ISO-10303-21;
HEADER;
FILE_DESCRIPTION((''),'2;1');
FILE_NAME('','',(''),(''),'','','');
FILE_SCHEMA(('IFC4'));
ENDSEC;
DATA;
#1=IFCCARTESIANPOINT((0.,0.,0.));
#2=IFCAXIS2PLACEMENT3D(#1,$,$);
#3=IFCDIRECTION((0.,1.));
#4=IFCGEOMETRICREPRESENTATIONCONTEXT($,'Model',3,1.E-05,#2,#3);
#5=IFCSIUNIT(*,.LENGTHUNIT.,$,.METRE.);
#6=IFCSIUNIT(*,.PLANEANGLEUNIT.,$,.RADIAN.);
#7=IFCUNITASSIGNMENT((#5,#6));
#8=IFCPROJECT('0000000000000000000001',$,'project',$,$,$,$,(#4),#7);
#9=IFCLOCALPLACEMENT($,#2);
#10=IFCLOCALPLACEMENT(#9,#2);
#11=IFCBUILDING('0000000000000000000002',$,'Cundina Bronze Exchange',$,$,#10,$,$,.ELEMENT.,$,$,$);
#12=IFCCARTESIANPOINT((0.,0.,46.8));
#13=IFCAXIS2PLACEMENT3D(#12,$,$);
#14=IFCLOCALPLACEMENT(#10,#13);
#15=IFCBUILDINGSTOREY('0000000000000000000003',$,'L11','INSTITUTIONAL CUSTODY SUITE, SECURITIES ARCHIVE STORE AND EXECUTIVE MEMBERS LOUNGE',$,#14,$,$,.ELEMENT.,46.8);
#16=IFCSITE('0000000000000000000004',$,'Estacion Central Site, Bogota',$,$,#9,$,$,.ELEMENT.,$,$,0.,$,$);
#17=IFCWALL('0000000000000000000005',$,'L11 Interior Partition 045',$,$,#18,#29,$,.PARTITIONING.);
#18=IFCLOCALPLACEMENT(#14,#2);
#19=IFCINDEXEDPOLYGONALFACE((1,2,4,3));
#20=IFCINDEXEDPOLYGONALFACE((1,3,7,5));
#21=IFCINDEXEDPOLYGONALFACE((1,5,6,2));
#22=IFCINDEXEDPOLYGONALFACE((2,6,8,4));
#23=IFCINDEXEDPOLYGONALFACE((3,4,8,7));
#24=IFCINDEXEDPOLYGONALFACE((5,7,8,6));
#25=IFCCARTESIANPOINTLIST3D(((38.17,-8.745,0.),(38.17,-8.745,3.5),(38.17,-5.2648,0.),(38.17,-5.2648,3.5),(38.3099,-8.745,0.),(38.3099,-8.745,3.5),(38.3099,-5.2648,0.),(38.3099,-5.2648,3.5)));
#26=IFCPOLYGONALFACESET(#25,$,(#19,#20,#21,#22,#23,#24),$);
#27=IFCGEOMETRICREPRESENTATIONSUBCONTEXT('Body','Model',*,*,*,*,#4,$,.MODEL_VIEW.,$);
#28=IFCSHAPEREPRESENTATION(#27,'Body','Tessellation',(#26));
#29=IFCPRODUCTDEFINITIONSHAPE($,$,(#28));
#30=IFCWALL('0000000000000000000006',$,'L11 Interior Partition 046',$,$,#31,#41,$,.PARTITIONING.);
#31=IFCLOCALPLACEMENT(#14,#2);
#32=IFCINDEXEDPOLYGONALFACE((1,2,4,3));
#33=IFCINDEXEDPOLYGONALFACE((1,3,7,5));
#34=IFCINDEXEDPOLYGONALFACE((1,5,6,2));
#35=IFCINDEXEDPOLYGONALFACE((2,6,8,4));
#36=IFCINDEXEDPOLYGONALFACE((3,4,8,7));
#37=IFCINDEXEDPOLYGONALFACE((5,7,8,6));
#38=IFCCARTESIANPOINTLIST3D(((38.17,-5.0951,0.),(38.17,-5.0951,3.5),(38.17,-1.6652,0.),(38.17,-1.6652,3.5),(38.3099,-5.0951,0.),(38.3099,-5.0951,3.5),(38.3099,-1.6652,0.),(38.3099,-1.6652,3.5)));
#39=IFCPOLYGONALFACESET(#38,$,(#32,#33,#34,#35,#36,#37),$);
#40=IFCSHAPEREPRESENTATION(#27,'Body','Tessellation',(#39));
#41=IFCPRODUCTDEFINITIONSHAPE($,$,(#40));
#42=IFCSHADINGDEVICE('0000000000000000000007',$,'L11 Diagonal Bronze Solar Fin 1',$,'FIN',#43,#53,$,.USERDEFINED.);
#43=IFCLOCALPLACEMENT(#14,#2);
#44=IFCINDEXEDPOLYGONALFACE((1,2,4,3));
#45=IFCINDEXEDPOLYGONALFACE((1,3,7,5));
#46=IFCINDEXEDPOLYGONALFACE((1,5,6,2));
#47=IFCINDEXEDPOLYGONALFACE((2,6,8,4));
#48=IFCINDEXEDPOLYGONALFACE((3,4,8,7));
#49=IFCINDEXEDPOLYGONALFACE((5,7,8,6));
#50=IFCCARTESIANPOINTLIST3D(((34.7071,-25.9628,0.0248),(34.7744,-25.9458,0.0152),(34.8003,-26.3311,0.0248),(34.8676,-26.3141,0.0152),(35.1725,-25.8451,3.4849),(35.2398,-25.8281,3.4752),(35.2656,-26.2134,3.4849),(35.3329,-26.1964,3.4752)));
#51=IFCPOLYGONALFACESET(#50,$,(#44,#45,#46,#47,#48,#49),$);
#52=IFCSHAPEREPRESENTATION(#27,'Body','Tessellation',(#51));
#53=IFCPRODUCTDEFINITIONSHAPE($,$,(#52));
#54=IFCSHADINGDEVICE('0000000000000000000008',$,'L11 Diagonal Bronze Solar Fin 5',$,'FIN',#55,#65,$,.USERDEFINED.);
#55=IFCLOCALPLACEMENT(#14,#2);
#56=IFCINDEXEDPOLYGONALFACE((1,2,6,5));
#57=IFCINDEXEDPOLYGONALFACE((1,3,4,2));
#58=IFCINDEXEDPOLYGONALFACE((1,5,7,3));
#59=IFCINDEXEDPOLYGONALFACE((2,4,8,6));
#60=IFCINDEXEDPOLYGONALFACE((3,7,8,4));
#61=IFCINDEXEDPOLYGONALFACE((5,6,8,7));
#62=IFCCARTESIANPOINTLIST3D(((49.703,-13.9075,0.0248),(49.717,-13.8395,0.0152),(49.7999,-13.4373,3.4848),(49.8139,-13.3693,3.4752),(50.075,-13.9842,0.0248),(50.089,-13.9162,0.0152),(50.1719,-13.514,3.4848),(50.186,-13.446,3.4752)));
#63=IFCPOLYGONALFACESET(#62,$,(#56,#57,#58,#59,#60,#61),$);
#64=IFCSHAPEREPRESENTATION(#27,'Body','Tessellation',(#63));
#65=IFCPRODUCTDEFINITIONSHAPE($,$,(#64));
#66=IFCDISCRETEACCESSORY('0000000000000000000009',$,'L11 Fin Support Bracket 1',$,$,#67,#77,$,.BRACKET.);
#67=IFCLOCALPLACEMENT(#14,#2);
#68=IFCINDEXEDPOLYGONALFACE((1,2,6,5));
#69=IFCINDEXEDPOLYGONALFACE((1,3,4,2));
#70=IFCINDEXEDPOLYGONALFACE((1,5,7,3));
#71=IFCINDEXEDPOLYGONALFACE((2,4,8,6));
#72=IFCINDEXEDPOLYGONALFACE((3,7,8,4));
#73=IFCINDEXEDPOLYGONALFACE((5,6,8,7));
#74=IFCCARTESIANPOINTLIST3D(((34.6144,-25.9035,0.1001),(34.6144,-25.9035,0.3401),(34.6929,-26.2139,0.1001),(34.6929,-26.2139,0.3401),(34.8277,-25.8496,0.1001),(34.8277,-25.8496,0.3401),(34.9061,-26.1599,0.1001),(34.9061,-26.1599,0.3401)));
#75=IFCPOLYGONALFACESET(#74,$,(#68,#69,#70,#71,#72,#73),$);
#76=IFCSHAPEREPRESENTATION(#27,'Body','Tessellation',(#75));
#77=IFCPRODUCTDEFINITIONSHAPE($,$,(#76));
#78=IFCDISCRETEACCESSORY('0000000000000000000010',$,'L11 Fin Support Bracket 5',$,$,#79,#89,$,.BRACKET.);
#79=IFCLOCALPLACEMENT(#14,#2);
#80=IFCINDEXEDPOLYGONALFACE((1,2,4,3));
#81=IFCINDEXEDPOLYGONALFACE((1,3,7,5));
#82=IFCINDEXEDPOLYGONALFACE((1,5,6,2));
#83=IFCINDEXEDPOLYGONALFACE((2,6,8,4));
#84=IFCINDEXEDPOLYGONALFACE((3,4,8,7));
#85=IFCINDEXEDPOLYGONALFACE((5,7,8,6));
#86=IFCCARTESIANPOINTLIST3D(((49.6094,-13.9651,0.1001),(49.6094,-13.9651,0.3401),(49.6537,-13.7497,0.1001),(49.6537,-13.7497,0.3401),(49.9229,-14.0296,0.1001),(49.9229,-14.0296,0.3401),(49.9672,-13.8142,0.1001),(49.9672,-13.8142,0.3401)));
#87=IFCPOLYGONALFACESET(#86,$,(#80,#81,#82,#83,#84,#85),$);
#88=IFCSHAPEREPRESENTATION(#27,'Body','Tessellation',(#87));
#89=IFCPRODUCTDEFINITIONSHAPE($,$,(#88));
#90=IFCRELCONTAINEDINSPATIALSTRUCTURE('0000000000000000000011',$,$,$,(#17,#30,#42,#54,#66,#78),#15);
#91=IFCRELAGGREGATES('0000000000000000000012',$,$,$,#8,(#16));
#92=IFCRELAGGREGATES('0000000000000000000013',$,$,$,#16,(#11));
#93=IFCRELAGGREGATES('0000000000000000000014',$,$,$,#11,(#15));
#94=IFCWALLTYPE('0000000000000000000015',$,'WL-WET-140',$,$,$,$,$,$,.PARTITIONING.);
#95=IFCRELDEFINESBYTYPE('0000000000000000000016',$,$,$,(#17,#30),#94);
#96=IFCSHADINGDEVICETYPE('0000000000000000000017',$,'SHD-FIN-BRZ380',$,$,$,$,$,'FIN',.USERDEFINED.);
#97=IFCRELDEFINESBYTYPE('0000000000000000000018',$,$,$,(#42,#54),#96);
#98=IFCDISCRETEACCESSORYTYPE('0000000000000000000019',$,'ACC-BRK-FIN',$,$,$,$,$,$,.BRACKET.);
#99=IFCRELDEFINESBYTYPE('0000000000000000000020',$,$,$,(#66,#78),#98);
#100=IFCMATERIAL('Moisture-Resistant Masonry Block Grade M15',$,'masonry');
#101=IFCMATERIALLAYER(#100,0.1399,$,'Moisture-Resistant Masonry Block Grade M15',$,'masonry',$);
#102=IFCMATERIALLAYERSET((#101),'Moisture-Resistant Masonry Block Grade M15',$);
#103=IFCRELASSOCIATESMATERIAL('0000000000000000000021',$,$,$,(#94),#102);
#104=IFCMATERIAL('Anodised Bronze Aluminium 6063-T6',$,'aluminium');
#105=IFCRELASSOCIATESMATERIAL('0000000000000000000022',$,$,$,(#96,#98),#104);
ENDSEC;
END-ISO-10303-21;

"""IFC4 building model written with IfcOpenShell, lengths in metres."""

from ifc_helpers import new_model, si_unit, direction, frame, frame_2d, origin, origin_2d, place, context, subcontext, project, spatial, rectangle, extrude, material, layer, layer_set, material_profile, profile_set, type_object, element, save


model = new_model("IFC4")

# Units and contexts
model_context = context("Model", 3, precision=1e-05, world=origin(), true_north=direction((0.0, 1.0)))
body_context = subcontext(model_context, "Body", "Model", "MODEL_VIEW")
ifc_project = project(units=[si_unit("LENGTHUNIT", "METRE"), si_unit("PLANEANGLEUNIT", "RADIAN")], contexts=[model_context])

# Site, building, storey
site_placement = place(None, origin())
site = spatial("IfcSite", under=ifc_project, at=site_placement, Name="Estacion Central Site, Bogota", CompositionType="ELEMENT", RefElevation=0.0)
building_placement = place(site_placement, origin())
building = spatial("IfcBuilding", under=site, at=building_placement, Name="Cundina Bronze Exchange", CompositionType="ELEMENT")
storey_placement = place(building_placement, frame((0.0, 0.0, 46.8)))
storey = spatial("IfcBuildingStorey", under=building, at=storey_placement, Name="L11", Description="INSTITUTIONAL CUSTODY SUITE, SECURITIES ARCHIVE STORE AND EXECUTIVE MEMBERS LOUNGE", CompositionType="ELEMENT", Elevation=46.8)

# Shared definitions
ifc_material_1 = material(Name="Anodised Bronze Aluminium 6063-T6", Category="aluminium")

# Walls
ifc_material_2 = material(Name="Moisture-Resistant Masonry Block Grade M15", Category="masonry")
ifc_layer_1 = layer(ifc_material_2, 0.1399, Name="Moisture-Resistant Masonry Block Grade M15", Category="masonry")
ifc_layer_set_1 = layer_set([ifc_layer_1], Name="Moisture-Resistant Masonry Block Grade M15")
wall_type_1 = type_object("IfcWallType", Name="WL-WET-140", PredefinedType="PARTITIONING", material=ifc_layer_set_1)
wall_1_placement = place(storey_placement, frame((38.24, -8.7451, 0.0), z_axis=(0.0, 0.0, 1.0), x_axis=(0.0, 1.0, 0.0)))
element("IfcWall", 1, at=wall_1_placement, inside=storey, type_object=wall_type_1, Name="L11 Interior Partition 045", PredefinedType="PARTITIONING", context=body_context, shape_type="SweptSolid", body=[
    extrude(rectangle(XDim=3.4802, YDim=0.1399, at=frame_2d((1.7402, 0.0))), origin(), (0.0, 0.0, 1.0), 3.5),
])
wall_2_placement = place(storey_placement, frame((38.24, -5.095, 0.0), z_axis=(0.0, 0.0, 1.0), x_axis=(0.0, 1.0, 0.0)))
element("IfcWall", 2, at=wall_2_placement, inside=storey, type_object=wall_type_1, Name="L11 Interior Partition 046", PredefinedType="PARTITIONING", context=body_context, shape_type="SweptSolid", body=[
    extrude(rectangle(XDim=3.4299, YDim=0.1399, at=frame_2d((1.7148, 0.0))), origin(), (0.0, 0.0, 1.0), 3.5),
])

# Shading devices
ifc_material_profile_1 = material_profile(ifc_material_1, rectangle(XDim=0.0701, YDim=0.3799, at=origin_2d()), Name="FIN70X380", Category="aluminium")
ifc_profile_set_1 = profile_set([ifc_material_profile_1], Name="Anodised Bronze Aluminium 6063-T6")
shading_device_type = type_object("IfcShadingDeviceType", Name="SHD-FIN-BRZ380", ElementType="FIN", PredefinedType="USERDEFINED", material=ifc_profile_set_1)
for number, where, z_axis, x_axis, name in (
    (3, (34.7874, -26.1384, 0.02), (0.133215, 0.033688, 0.990514), (-0.960285, -0.242842, 0.137408), "L11 Diagonal Bronze Solar Fin 1"),
    (4, (49.896, -13.9119, 0.02), (0.027747, 0.134612, 0.99051), (-0.199967, -0.970115, 0.137442), "L11 Diagonal Bronze Solar Fin 5"),
):
    element("IfcShadingDevice", number, at=place(storey_placement, frame(where, z_axis=z_axis, x_axis=x_axis)), inside=storey, type_object=shading_device_type, Name=name, ObjectType="FIN", PredefinedType="USERDEFINED", context=body_context, shape_type="SweptSolid", body=[
        extrude(rectangle(XDim=0.0701, YDim=0.3799, at=origin_2d()), origin(), (0.0, 0.0, 1.0), 3.4932),
    ])

# Discrete accessories
discrete_accessory_type = type_object("IfcDiscreteAccessoryType", Name="ACC-BRK-FIN", PredefinedType="BRACKET", material=ifc_material_1)
for number, where, z_axis, x_axis, name in (
    (5, (34.7603, -26.0317, 0.1001), (0.0, 0.0, 1.0), (0.969488, 0.245138, 0.0), "L11 Fin Support Bracket 1"),
    (6, (49.7883, -13.8896, 0.1001), (0.0, 0.0, 1.0), (0.20142, 0.979505, 0.0), "L11 Fin Support Bracket 5"),
):
    element("IfcDiscreteAccessory", number, at=place(storey_placement, frame(where, z_axis=z_axis, x_axis=x_axis)), inside=storey, type_object=discrete_accessory_type, Name=name, PredefinedType="BRACKET", context=body_context, shape_type="SweptSolid", body=[
        extrude(rectangle(XDim=0.22, YDim=0.3201, at=origin_2d()), origin(), (0.0, 0.0, 1.0), 0.24),
    ])

save(model, "model.ifc")
